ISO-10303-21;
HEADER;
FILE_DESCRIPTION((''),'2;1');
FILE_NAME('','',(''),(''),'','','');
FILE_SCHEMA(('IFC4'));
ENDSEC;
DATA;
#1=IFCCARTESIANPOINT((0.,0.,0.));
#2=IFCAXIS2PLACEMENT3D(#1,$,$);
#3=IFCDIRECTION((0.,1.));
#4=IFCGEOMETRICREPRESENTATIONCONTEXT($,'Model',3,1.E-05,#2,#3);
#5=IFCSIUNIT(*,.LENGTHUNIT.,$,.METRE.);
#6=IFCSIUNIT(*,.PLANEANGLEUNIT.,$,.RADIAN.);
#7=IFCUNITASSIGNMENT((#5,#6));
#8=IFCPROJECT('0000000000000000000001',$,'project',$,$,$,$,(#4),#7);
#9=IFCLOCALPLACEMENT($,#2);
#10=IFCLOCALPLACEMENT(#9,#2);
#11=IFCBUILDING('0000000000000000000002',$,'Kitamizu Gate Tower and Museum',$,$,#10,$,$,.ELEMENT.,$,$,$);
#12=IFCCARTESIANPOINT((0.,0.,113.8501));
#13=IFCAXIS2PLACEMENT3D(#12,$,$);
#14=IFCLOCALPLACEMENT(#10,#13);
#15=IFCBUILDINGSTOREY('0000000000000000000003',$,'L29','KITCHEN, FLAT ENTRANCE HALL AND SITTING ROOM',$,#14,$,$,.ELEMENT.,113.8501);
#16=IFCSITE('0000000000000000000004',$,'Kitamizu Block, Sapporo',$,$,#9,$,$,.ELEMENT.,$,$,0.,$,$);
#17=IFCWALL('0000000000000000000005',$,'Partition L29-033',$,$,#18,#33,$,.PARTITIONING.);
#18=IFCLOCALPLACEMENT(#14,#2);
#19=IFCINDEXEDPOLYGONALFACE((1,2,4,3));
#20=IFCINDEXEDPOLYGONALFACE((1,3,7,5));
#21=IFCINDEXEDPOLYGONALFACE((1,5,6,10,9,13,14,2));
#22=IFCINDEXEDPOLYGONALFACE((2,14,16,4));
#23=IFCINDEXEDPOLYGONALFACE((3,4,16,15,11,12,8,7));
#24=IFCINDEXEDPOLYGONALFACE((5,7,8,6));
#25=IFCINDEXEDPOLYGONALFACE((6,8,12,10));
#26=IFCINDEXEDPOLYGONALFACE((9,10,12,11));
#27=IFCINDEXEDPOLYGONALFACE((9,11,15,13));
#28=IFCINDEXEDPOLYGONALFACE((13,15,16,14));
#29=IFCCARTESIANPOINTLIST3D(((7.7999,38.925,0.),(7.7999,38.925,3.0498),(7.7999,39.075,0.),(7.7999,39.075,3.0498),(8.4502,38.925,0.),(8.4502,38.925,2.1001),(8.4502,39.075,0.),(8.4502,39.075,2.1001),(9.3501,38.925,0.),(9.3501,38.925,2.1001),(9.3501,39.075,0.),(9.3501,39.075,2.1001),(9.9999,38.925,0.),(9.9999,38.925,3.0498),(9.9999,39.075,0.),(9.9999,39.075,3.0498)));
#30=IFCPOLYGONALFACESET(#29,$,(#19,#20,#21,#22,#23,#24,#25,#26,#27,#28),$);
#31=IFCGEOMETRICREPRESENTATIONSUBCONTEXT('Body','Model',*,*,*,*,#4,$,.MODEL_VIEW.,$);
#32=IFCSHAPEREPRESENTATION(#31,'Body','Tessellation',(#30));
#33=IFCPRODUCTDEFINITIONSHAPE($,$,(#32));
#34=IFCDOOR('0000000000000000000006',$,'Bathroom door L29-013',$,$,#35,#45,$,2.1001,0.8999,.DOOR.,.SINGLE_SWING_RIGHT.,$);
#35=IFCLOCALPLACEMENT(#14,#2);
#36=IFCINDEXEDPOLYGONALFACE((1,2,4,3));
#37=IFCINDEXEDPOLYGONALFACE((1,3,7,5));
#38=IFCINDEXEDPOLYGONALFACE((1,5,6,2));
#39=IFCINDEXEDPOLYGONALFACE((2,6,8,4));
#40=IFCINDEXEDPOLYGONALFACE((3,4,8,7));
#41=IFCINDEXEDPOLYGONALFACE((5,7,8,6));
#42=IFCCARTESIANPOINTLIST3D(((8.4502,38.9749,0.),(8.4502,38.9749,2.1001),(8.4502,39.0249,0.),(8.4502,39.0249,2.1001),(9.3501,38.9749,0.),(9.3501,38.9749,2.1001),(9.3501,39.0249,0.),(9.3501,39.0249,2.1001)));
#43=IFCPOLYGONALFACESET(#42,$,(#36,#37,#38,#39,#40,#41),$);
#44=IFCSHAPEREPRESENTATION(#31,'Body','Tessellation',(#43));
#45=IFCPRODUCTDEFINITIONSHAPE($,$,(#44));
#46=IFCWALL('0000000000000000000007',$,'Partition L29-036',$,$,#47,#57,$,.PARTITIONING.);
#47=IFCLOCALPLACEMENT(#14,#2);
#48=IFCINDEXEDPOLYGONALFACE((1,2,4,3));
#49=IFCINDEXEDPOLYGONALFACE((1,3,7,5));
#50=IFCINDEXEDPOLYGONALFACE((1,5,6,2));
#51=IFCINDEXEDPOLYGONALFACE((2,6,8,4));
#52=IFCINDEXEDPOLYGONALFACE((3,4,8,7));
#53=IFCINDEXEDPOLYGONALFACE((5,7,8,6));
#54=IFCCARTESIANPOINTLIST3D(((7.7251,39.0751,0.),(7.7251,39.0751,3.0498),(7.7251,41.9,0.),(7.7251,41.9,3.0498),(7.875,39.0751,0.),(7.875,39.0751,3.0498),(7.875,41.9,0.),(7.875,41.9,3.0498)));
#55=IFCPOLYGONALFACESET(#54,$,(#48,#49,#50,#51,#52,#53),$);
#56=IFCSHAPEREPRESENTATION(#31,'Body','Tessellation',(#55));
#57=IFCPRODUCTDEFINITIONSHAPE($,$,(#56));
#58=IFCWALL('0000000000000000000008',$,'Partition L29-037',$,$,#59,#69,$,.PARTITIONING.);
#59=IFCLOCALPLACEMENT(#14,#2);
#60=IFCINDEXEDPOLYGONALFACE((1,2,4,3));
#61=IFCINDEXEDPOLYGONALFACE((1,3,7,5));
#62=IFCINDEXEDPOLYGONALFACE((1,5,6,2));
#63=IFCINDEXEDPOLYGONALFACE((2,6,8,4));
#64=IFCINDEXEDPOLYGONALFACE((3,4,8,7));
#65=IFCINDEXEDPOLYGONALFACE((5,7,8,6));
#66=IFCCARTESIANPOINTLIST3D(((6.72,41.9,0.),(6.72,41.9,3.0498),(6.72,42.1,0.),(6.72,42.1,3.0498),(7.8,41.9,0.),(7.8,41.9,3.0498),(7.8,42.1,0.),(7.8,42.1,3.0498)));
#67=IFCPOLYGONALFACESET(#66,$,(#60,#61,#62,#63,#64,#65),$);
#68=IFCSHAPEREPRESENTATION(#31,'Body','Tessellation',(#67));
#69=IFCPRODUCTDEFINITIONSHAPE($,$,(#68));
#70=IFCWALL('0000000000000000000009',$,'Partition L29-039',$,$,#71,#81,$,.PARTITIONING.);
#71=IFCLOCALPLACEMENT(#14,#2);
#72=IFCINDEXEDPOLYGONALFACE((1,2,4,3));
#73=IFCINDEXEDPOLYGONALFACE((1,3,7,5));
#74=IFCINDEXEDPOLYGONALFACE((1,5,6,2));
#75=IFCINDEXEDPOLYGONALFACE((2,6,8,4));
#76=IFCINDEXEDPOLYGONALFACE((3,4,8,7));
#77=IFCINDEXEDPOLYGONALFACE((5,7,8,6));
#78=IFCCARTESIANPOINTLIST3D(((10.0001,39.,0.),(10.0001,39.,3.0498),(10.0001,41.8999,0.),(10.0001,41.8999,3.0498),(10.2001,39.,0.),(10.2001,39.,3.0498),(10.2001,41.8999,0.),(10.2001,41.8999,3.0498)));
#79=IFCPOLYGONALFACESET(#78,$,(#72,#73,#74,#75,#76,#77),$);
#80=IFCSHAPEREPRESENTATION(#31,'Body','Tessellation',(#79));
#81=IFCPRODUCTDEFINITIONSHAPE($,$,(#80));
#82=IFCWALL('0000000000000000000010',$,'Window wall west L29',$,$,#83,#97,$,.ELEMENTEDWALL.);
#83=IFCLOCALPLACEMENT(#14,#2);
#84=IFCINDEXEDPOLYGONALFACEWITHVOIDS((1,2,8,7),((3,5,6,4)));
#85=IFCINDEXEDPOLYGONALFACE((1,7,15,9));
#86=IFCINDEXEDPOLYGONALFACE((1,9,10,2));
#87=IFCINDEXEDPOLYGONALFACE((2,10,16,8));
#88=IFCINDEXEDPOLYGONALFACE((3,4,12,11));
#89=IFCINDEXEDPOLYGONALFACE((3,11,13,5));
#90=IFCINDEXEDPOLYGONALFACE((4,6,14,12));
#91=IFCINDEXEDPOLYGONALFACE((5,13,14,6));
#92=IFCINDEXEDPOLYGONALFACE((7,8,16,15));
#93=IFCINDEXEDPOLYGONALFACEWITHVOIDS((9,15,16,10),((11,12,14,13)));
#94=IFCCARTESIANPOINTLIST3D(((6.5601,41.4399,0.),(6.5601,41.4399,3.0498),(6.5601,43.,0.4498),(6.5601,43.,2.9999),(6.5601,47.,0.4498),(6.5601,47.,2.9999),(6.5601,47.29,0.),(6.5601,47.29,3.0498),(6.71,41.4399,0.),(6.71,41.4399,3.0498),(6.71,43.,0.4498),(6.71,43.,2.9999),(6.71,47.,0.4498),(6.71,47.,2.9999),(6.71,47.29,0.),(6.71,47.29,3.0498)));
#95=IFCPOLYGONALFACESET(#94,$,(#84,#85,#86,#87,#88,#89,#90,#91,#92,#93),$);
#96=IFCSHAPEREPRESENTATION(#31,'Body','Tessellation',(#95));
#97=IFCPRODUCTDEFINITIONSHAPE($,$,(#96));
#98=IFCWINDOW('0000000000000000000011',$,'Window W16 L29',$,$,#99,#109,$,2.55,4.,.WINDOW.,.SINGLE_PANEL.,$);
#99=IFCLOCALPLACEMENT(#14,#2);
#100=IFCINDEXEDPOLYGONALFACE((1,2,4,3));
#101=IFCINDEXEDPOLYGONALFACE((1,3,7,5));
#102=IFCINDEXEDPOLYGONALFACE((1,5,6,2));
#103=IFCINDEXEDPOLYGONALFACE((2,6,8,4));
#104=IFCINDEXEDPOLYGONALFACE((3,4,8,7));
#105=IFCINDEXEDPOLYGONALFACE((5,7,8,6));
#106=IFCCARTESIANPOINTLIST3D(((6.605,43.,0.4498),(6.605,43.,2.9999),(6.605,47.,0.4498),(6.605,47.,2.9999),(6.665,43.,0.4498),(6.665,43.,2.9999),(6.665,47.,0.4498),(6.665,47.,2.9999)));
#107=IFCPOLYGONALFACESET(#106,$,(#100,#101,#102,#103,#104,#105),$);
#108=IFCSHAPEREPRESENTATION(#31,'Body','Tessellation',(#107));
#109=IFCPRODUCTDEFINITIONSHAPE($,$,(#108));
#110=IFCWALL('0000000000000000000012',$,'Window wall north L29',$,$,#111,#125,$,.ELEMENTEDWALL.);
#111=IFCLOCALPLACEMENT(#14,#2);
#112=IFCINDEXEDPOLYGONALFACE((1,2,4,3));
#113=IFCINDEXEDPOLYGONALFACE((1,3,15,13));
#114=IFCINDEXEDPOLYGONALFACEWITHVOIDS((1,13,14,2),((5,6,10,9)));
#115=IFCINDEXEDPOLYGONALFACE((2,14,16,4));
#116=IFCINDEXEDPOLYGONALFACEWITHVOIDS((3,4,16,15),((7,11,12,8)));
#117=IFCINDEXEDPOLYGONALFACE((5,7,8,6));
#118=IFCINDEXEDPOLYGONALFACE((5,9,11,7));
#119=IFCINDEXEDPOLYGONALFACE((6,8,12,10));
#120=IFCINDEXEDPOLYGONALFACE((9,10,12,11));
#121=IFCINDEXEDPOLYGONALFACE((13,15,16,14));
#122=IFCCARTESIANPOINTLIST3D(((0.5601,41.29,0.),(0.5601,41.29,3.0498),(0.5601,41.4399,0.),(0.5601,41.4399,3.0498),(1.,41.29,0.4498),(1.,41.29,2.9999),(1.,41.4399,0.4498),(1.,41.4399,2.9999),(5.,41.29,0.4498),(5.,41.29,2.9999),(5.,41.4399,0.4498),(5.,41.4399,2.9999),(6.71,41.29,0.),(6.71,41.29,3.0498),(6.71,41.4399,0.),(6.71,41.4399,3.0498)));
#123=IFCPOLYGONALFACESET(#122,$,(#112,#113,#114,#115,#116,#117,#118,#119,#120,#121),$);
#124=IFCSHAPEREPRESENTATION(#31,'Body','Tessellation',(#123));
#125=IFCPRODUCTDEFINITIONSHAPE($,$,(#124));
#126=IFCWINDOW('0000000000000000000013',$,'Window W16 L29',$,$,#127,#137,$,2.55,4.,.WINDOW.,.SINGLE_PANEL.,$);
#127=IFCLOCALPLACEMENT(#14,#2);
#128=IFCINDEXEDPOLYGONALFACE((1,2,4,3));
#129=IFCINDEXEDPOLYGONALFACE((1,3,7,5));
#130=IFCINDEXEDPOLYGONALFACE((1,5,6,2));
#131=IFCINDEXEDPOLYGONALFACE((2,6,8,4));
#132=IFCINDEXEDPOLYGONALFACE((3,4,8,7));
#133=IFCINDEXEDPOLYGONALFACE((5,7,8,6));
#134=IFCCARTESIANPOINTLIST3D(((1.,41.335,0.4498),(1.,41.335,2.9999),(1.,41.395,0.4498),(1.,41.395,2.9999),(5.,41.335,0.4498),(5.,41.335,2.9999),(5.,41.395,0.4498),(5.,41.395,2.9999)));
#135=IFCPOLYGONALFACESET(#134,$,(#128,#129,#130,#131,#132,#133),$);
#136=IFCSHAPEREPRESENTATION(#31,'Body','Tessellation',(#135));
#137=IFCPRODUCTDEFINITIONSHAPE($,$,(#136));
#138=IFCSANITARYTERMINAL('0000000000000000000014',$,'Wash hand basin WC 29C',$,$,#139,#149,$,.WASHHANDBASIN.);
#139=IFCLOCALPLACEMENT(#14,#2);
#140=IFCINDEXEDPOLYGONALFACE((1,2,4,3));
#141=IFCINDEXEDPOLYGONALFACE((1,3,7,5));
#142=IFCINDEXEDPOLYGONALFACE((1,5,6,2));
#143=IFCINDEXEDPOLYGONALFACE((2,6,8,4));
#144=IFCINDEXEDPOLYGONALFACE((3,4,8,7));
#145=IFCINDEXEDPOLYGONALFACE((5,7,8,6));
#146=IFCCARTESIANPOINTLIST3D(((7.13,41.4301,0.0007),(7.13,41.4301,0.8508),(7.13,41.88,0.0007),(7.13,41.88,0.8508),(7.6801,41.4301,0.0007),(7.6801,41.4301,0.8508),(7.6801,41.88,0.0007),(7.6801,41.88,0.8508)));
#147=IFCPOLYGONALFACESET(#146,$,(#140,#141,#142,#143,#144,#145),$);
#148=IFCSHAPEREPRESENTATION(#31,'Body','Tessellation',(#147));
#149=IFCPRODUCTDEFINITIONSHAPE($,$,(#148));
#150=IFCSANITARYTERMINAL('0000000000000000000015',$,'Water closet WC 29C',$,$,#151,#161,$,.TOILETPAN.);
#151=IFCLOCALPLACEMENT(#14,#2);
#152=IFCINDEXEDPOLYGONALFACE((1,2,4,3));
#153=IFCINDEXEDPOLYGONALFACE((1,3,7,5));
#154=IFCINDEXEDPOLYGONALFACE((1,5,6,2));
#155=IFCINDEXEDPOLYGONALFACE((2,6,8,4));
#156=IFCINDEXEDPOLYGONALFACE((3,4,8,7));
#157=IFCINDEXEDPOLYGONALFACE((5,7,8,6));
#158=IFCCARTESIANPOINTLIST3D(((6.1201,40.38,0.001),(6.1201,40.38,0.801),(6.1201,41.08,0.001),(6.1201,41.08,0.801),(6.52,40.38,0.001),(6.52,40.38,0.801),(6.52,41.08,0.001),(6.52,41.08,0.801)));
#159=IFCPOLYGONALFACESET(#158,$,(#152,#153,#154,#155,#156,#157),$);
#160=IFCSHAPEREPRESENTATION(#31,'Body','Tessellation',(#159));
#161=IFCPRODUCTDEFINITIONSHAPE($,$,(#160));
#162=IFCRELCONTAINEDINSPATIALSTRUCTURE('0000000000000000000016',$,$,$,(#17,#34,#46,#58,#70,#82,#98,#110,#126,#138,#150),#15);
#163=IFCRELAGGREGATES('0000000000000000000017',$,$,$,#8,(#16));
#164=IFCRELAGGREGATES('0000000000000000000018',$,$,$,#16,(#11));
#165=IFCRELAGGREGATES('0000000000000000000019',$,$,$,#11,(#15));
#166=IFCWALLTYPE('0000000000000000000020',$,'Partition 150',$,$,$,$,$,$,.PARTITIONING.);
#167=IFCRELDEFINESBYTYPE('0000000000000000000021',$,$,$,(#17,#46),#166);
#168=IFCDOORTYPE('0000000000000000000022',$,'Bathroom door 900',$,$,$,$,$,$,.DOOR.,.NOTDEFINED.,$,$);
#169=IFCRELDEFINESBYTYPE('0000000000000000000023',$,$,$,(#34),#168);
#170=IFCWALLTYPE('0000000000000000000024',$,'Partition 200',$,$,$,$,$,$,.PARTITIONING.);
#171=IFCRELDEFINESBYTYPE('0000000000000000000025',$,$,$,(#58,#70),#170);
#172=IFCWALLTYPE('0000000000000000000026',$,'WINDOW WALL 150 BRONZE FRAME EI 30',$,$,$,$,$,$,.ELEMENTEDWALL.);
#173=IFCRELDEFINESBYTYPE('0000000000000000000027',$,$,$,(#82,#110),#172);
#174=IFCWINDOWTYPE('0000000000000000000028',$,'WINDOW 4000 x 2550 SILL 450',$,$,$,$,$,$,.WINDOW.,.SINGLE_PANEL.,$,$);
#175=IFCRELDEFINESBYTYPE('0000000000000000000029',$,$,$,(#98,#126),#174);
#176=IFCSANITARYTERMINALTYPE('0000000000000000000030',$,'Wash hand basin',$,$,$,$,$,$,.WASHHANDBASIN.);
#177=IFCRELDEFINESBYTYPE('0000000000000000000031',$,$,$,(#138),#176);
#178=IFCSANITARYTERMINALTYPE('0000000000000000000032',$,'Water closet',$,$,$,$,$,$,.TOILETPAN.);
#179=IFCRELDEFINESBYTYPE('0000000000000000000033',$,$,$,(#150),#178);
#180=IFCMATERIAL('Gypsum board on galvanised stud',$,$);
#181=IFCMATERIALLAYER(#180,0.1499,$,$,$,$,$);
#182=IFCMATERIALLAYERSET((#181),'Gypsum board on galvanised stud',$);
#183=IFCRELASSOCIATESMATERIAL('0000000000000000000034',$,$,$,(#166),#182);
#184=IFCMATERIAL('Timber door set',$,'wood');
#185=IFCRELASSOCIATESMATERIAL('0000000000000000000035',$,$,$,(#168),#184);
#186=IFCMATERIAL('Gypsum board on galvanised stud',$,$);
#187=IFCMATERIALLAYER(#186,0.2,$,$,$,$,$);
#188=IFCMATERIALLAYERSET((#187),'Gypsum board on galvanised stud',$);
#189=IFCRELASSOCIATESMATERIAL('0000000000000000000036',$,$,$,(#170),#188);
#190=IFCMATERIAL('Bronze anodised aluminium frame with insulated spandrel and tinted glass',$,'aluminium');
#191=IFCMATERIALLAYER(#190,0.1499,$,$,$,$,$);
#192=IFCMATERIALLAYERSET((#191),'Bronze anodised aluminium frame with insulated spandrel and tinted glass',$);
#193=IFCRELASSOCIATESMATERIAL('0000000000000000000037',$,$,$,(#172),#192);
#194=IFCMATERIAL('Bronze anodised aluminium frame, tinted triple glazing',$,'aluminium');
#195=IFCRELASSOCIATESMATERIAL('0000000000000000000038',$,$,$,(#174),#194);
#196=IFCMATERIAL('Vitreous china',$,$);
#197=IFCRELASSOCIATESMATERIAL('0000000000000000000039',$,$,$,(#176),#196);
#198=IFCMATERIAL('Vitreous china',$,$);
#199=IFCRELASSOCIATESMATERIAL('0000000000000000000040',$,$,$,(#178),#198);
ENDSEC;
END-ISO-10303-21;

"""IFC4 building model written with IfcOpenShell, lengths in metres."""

from ifc_helpers import new_model, si_unit, direction, frame, frame_2d, origin, origin_2d, place, context, subcontext, project, spatial, rectangle, extrude, material, layer, layer_set, type_object, element, fill, save


model = new_model("IFC4")

# Units and contexts
model_context = context("Model", 3, precision=1e-05, world=origin(), true_north=direction((0.0, 1.0)))
body_context = subcontext(model_context, "Body", "Model", "MODEL_VIEW")
ifc_project = project(units=[si_unit("LENGTHUNIT", "METRE"), si_unit("PLANEANGLEUNIT", "RADIAN")], contexts=[model_context])

# Site, building, storey
site_placement = place(None, origin())
site = spatial("IfcSite", under=ifc_project, at=site_placement, Name="Kitamizu Block, Sapporo", CompositionType="ELEMENT", RefElevation=0.0)
building_placement = place(site_placement, origin())
building = spatial("IfcBuilding", under=site, at=building_placement, Name="Kitamizu Gate Tower and Museum", CompositionType="ELEMENT")
storey_placement = place(building_placement, frame((0.0, 0.0, 113.8501)))
storey = spatial("IfcBuildingStorey", under=building, at=storey_placement, Name="L29", Description="KITCHEN, FLAT ENTRANCE HALL AND SITTING ROOM", CompositionType="ELEMENT", Elevation=113.8501)

# Wall, opening, door
ifc_material_1 = material(Name="Gypsum board on galvanised stud")
ifc_layer_1 = layer(ifc_material_1, 0.1499)
ifc_layer_set_1 = layer_set([ifc_layer_1], Name="Gypsum board on galvanised stud")
wall_type_1 = type_object("IfcWallType", Name="Partition 150", PredefinedType="PARTITIONING", material=ifc_layer_set_1)
wall_1_placement = place(storey_placement, frame((10.0, 39.0, 0.0), z_axis=(0.0, 0.0, 1.0), x_axis=(-1.0, 0.0, 0.0)))
wall_1 = element("IfcWall", 1, at=wall_1_placement, inside=storey, type_object=wall_type_1, Name="Partition L29-033", PredefinedType="PARTITIONING", context=body_context, shape_type="SweptSolid", body=[
    extrude(rectangle(XDim=2.2, YDim=0.1499, at=frame_2d((1.1001, 0.0))), origin(), (0.0, 0.0, 1.0), 3.0498),
])
opening_1_placement = place(wall_1_placement, frame((0.6499, 0.0, 0.0)))
opening_1 = element("IfcOpeningElement", 2, at=opening_1_placement, cuts=wall_1, PredefinedType="OPENING", context=body_context, shape_type="SweptSolid", body=[
    extrude(rectangle(XDim=0.8999, YDim=2.1001, at=frame_2d((0.45, 1.05))), frame((0.0, 0.085, 0.0), z_axis=(0.0, -1.0, 0.0), x_axis=(1.0, 0.0, 0.0)), (0.0, 0.0, 1.0), 0.1699),
])
ifc_material_2 = material(Name="Timber door set", Category="wood")
door_type = type_object("IfcDoorType", Name="Bathroom door 900", OperationType="NOTDEFINED", PredefinedType="DOOR", material=ifc_material_2)
door_placement = place(opening_1_placement, frame((0.8999, 0.0, 0.0), x_axis=(-1.0, 0.0, 0.0)))
door = element("IfcDoor", 3, at=door_placement, inside=storey, type_object=door_type, Name="Bathroom door L29-013", OperationType="SINGLE_SWING_RIGHT", OverallHeight=2.1001, OverallWidth=0.8999, PredefinedType="DOOR", context=body_context, shape_type="SweptSolid", body=[
    extrude(rectangle(XDim=0.8999, YDim=2.1001, at=frame_2d((0.45, 1.05))), frame((0.0, 0.0249, 0.0), z_axis=(0.0, -1.0, 0.0), x_axis=(1.0, 0.0, 0.0)), (0.0, 0.0, 1.0), 0.05),
])
fill(opening_1, door)

# Walls
wall_2_placement = place(storey_placement, frame((7.8, 39.075, 0.0), z_axis=(0.0, 0.0, 1.0), x_axis=(0.0, 1.0, 0.0)))
element("IfcWall", 4, at=wall_2_placement, inside=storey, type_object=wall_type_1, Name="Partition L29-036", PredefinedType="PARTITIONING", context=body_context, shape_type="SweptSolid", body=[
    extrude(rectangle(XDim=2.825, YDim=0.1499, at=frame_2d((1.4126, 0.0))), origin(), (0.0, 0.0, 1.0), 3.0498),
])
ifc_material_3 = material(Name="Gypsum board on galvanised stud")
ifc_layer_2 = layer(ifc_material_3, 0.2)
ifc_layer_set_2 = layer_set([ifc_layer_2], Name="Gypsum board on galvanised stud")
wall_type_2 = type_object("IfcWallType", Name="Partition 200", PredefinedType="PARTITIONING", material=ifc_layer_set_2)
wall_3_placement = place(storey_placement, frame((7.8, 42.0, 0.0), z_axis=(0.0, 0.0, 1.0), x_axis=(-1.0, 0.0, 0.0)))
element("IfcWall", 5, at=wall_3_placement, inside=storey, type_object=wall_type_2, Name="Partition L29-037", PredefinedType="PARTITIONING", context=body_context, shape_type="SweptSolid", body=[
    extrude(rectangle(XDim=1.0801, YDim=0.2, at=frame_2d((0.54, 0.0))), origin(), (0.0, 0.0, 1.0), 3.0498),
])
wall_4_placement = place(storey_placement, frame((10.1001, 39.0, 0.0), z_axis=(0.0, 0.0, 1.0), x_axis=(0.0, 1.0, 0.0)))
element("IfcWall", 6, at=wall_4_placement, inside=storey, type_object=wall_type_2, Name="Partition L29-039", PredefinedType="PARTITIONING", context=body_context, shape_type="SweptSolid", body=[
    extrude(rectangle(XDim=2.8999, YDim=0.2, at=frame_2d((1.45, 0.0))), origin(), (0.0, 0.0, 1.0), 3.0498),
])

# Shared definitions
ifc_material_4 = material(Name="Bronze anodised aluminium frame with insulated spandrel and tinted glass", Category="aluminium")
ifc_layer_3 = layer(ifc_material_4, 0.1499)
ifc_layer_set_3 = layer_set([ifc_layer_3], Name="Bronze anodised aluminium frame with insulated spandrel and tinted glass")
wall_type_3 = type_object("IfcWallType", Name="WINDOW WALL 150 BRONZE FRAME EI 30", PredefinedType="ELEMENTEDWALL", material=ifc_layer_set_3)

# Walls, openings, windows
wall_5_placement = place(storey_placement, frame((6.635, 41.4399, 0.0), z_axis=(0.0, 0.0, 1.0), x_axis=(0.0, 1.0, 0.0)))
wall_5 = element("IfcWall", 7, at=wall_5_placement, inside=storey, type_object=wall_type_3, Name="Window wall west L29", PredefinedType="ELEMENTEDWALL", context=body_context, shape_type="SweptSolid", body=[
    extrude(rectangle(XDim=5.8501, YDim=0.1499, at=frame_2d((2.925, 0.0))), origin(), (0.0, 0.0, 1.0), 3.0498),
])
opening_2_placement = place(wall_5_placement, frame((1.5601, 0.0, 0.45)))
opening_2 = element("IfcOpeningElement", 8, at=opening_2_placement, cuts=wall_5, PredefinedType="OPENING", context=body_context, shape_type="SweptSolid", body=[
    extrude(rectangle(XDim=4.0, YDim=2.55, at=frame_2d((2.0, 1.2749))), frame((0.0, 0.085, 0.0), z_axis=(0.0, -1.0, 0.0), x_axis=(1.0, 0.0, 0.0)), (0.0, 0.0, 1.0), 0.1699),
])
ifc_material_5 = material(Name="Bronze anodised aluminium frame, tinted triple glazing", Category="aluminium")
window_type_1 = type_object("IfcWindowType", Name="WINDOW 4000 x 2550 SILL 450", PartitioningType="SINGLE_PANEL", PredefinedType="WINDOW", material=ifc_material_5)
window_1_placement = place(opening_2_placement, origin())
window_1 = element("IfcWindow", 9, at=window_1_placement, inside=storey, type_object=window_type_1, Name="Window W16 L29", OverallHeight=2.55, OverallWidth=4.0, PartitioningType="SINGLE_PANEL", PredefinedType="WINDOW", context=body_context, shape_type="SweptSolid", body=[
    extrude(rectangle(XDim=4.0, YDim=2.55, at=frame_2d((2.0, 1.2749))), frame((0.0, 0.03, 0.0), z_axis=(0.0, -1.0, 0.0), x_axis=(1.0, 0.0, 0.0)), (0.0, 0.0, 1.0), 0.0601),
])
fill(opening_2, window_1)
wall_6_placement = place(storey_placement, frame((0.5601, 41.365, 0.0), z_axis=(0.0, 0.0, 1.0), x_axis=(1.0, 0.0, 0.0)))
wall_6 = element("IfcWall", 10, at=wall_6_placement, inside=storey, type_object=wall_type_3, Name="Window wall north L29", PredefinedType="ELEMENTEDWALL", context=body_context, shape_type="SweptSolid", body=[
    extrude(rectangle(XDim=6.1499, YDim=0.1499, at=frame_2d((3.075, 0.0))), origin(), (0.0, 0.0, 1.0), 3.0498),
])
opening_3_placement = place(wall_6_placement, frame((0.4399, 0.0, 0.45)))
opening_3 = element("IfcOpeningElement", 11, at=opening_3_placement, cuts=wall_6, PredefinedType="OPENING", context=body_context, shape_type="SweptSolid", body=[
    extrude(rectangle(XDim=4.0, YDim=2.55, at=frame_2d((2.0, 1.2749))), frame((0.0, 0.085, 0.0), z_axis=(0.0, -1.0, 0.0), x_axis=(1.0, 0.0, 0.0)), (0.0, 0.0, 1.0), 0.1699),
])
window_2_placement = place(opening_3_placement, origin())
window_2 = element("IfcWindow", 12, at=window_2_placement, inside=storey, type_object=window_type_1, Name="Window W16 L29", OverallHeight=2.55, OverallWidth=4.0, PartitioningType="SINGLE_PANEL", PredefinedType="WINDOW", context=body_context, shape_type="SweptSolid", body=[
    extrude(rectangle(XDim=4.0, YDim=2.55, at=frame_2d((2.0, 1.2749))), frame((0.0, 0.03, 0.0), z_axis=(0.0, -1.0, 0.0), x_axis=(1.0, 0.0, 0.0)), (0.0, 0.0, 1.0), 0.0601),
])
fill(opening_3, window_2)

# Sanitary terminals
ifc_material_6 = material(Name="Vitreous china")
sanitary_terminal_type_1 = type_object("IfcSanitaryTerminalType", Name="Wash hand basin", PredefinedType="WASHHANDBASIN", material=ifc_material_6)
sanitary_terminal_1_placement = place(storey_placement, frame((7.405, 41.655, 0.0007), z_axis=(0.0, 0.0, 1.0), x_axis=(1.0, 0.0, 0.0)))
element("IfcSanitaryTerminal", 13, at=sanitary_terminal_1_placement, inside=storey, type_object=sanitary_terminal_type_1, Name="Wash hand basin WC 29C", PredefinedType="WASHHANDBASIN", context=body_context, shape_type="SweptSolid", body=[
    extrude(rectangle(XDim=0.55, YDim=0.45, at=origin_2d()), origin(), (0.0, 0.0, 1.0), 0.8501),
])
ifc_material_7 = material(Name="Vitreous china")
sanitary_terminal_type_2 = type_object("IfcSanitaryTerminalType", Name="Water closet", PredefinedType="TOILETPAN", material=ifc_material_7)
sanitary_terminal_2_placement = place(storey_placement, frame((6.3201, 40.73, 0.001), z_axis=(0.0, 0.0, 1.0), x_axis=(1.0, 0.0, 0.0)))
element("IfcSanitaryTerminal", 14, at=sanitary_terminal_2_placement, inside=storey, type_object=sanitary_terminal_type_2, Name="Water closet WC 29C", PredefinedType="TOILETPAN", context=body_context, shape_type="SweptSolid", body=[
    extrude(rectangle(XDim=0.3999, YDim=0.7, at=origin_2d()), origin(), (0.0, 0.0, 1.0), 0.8),
])

save(model, "model.ifc")
